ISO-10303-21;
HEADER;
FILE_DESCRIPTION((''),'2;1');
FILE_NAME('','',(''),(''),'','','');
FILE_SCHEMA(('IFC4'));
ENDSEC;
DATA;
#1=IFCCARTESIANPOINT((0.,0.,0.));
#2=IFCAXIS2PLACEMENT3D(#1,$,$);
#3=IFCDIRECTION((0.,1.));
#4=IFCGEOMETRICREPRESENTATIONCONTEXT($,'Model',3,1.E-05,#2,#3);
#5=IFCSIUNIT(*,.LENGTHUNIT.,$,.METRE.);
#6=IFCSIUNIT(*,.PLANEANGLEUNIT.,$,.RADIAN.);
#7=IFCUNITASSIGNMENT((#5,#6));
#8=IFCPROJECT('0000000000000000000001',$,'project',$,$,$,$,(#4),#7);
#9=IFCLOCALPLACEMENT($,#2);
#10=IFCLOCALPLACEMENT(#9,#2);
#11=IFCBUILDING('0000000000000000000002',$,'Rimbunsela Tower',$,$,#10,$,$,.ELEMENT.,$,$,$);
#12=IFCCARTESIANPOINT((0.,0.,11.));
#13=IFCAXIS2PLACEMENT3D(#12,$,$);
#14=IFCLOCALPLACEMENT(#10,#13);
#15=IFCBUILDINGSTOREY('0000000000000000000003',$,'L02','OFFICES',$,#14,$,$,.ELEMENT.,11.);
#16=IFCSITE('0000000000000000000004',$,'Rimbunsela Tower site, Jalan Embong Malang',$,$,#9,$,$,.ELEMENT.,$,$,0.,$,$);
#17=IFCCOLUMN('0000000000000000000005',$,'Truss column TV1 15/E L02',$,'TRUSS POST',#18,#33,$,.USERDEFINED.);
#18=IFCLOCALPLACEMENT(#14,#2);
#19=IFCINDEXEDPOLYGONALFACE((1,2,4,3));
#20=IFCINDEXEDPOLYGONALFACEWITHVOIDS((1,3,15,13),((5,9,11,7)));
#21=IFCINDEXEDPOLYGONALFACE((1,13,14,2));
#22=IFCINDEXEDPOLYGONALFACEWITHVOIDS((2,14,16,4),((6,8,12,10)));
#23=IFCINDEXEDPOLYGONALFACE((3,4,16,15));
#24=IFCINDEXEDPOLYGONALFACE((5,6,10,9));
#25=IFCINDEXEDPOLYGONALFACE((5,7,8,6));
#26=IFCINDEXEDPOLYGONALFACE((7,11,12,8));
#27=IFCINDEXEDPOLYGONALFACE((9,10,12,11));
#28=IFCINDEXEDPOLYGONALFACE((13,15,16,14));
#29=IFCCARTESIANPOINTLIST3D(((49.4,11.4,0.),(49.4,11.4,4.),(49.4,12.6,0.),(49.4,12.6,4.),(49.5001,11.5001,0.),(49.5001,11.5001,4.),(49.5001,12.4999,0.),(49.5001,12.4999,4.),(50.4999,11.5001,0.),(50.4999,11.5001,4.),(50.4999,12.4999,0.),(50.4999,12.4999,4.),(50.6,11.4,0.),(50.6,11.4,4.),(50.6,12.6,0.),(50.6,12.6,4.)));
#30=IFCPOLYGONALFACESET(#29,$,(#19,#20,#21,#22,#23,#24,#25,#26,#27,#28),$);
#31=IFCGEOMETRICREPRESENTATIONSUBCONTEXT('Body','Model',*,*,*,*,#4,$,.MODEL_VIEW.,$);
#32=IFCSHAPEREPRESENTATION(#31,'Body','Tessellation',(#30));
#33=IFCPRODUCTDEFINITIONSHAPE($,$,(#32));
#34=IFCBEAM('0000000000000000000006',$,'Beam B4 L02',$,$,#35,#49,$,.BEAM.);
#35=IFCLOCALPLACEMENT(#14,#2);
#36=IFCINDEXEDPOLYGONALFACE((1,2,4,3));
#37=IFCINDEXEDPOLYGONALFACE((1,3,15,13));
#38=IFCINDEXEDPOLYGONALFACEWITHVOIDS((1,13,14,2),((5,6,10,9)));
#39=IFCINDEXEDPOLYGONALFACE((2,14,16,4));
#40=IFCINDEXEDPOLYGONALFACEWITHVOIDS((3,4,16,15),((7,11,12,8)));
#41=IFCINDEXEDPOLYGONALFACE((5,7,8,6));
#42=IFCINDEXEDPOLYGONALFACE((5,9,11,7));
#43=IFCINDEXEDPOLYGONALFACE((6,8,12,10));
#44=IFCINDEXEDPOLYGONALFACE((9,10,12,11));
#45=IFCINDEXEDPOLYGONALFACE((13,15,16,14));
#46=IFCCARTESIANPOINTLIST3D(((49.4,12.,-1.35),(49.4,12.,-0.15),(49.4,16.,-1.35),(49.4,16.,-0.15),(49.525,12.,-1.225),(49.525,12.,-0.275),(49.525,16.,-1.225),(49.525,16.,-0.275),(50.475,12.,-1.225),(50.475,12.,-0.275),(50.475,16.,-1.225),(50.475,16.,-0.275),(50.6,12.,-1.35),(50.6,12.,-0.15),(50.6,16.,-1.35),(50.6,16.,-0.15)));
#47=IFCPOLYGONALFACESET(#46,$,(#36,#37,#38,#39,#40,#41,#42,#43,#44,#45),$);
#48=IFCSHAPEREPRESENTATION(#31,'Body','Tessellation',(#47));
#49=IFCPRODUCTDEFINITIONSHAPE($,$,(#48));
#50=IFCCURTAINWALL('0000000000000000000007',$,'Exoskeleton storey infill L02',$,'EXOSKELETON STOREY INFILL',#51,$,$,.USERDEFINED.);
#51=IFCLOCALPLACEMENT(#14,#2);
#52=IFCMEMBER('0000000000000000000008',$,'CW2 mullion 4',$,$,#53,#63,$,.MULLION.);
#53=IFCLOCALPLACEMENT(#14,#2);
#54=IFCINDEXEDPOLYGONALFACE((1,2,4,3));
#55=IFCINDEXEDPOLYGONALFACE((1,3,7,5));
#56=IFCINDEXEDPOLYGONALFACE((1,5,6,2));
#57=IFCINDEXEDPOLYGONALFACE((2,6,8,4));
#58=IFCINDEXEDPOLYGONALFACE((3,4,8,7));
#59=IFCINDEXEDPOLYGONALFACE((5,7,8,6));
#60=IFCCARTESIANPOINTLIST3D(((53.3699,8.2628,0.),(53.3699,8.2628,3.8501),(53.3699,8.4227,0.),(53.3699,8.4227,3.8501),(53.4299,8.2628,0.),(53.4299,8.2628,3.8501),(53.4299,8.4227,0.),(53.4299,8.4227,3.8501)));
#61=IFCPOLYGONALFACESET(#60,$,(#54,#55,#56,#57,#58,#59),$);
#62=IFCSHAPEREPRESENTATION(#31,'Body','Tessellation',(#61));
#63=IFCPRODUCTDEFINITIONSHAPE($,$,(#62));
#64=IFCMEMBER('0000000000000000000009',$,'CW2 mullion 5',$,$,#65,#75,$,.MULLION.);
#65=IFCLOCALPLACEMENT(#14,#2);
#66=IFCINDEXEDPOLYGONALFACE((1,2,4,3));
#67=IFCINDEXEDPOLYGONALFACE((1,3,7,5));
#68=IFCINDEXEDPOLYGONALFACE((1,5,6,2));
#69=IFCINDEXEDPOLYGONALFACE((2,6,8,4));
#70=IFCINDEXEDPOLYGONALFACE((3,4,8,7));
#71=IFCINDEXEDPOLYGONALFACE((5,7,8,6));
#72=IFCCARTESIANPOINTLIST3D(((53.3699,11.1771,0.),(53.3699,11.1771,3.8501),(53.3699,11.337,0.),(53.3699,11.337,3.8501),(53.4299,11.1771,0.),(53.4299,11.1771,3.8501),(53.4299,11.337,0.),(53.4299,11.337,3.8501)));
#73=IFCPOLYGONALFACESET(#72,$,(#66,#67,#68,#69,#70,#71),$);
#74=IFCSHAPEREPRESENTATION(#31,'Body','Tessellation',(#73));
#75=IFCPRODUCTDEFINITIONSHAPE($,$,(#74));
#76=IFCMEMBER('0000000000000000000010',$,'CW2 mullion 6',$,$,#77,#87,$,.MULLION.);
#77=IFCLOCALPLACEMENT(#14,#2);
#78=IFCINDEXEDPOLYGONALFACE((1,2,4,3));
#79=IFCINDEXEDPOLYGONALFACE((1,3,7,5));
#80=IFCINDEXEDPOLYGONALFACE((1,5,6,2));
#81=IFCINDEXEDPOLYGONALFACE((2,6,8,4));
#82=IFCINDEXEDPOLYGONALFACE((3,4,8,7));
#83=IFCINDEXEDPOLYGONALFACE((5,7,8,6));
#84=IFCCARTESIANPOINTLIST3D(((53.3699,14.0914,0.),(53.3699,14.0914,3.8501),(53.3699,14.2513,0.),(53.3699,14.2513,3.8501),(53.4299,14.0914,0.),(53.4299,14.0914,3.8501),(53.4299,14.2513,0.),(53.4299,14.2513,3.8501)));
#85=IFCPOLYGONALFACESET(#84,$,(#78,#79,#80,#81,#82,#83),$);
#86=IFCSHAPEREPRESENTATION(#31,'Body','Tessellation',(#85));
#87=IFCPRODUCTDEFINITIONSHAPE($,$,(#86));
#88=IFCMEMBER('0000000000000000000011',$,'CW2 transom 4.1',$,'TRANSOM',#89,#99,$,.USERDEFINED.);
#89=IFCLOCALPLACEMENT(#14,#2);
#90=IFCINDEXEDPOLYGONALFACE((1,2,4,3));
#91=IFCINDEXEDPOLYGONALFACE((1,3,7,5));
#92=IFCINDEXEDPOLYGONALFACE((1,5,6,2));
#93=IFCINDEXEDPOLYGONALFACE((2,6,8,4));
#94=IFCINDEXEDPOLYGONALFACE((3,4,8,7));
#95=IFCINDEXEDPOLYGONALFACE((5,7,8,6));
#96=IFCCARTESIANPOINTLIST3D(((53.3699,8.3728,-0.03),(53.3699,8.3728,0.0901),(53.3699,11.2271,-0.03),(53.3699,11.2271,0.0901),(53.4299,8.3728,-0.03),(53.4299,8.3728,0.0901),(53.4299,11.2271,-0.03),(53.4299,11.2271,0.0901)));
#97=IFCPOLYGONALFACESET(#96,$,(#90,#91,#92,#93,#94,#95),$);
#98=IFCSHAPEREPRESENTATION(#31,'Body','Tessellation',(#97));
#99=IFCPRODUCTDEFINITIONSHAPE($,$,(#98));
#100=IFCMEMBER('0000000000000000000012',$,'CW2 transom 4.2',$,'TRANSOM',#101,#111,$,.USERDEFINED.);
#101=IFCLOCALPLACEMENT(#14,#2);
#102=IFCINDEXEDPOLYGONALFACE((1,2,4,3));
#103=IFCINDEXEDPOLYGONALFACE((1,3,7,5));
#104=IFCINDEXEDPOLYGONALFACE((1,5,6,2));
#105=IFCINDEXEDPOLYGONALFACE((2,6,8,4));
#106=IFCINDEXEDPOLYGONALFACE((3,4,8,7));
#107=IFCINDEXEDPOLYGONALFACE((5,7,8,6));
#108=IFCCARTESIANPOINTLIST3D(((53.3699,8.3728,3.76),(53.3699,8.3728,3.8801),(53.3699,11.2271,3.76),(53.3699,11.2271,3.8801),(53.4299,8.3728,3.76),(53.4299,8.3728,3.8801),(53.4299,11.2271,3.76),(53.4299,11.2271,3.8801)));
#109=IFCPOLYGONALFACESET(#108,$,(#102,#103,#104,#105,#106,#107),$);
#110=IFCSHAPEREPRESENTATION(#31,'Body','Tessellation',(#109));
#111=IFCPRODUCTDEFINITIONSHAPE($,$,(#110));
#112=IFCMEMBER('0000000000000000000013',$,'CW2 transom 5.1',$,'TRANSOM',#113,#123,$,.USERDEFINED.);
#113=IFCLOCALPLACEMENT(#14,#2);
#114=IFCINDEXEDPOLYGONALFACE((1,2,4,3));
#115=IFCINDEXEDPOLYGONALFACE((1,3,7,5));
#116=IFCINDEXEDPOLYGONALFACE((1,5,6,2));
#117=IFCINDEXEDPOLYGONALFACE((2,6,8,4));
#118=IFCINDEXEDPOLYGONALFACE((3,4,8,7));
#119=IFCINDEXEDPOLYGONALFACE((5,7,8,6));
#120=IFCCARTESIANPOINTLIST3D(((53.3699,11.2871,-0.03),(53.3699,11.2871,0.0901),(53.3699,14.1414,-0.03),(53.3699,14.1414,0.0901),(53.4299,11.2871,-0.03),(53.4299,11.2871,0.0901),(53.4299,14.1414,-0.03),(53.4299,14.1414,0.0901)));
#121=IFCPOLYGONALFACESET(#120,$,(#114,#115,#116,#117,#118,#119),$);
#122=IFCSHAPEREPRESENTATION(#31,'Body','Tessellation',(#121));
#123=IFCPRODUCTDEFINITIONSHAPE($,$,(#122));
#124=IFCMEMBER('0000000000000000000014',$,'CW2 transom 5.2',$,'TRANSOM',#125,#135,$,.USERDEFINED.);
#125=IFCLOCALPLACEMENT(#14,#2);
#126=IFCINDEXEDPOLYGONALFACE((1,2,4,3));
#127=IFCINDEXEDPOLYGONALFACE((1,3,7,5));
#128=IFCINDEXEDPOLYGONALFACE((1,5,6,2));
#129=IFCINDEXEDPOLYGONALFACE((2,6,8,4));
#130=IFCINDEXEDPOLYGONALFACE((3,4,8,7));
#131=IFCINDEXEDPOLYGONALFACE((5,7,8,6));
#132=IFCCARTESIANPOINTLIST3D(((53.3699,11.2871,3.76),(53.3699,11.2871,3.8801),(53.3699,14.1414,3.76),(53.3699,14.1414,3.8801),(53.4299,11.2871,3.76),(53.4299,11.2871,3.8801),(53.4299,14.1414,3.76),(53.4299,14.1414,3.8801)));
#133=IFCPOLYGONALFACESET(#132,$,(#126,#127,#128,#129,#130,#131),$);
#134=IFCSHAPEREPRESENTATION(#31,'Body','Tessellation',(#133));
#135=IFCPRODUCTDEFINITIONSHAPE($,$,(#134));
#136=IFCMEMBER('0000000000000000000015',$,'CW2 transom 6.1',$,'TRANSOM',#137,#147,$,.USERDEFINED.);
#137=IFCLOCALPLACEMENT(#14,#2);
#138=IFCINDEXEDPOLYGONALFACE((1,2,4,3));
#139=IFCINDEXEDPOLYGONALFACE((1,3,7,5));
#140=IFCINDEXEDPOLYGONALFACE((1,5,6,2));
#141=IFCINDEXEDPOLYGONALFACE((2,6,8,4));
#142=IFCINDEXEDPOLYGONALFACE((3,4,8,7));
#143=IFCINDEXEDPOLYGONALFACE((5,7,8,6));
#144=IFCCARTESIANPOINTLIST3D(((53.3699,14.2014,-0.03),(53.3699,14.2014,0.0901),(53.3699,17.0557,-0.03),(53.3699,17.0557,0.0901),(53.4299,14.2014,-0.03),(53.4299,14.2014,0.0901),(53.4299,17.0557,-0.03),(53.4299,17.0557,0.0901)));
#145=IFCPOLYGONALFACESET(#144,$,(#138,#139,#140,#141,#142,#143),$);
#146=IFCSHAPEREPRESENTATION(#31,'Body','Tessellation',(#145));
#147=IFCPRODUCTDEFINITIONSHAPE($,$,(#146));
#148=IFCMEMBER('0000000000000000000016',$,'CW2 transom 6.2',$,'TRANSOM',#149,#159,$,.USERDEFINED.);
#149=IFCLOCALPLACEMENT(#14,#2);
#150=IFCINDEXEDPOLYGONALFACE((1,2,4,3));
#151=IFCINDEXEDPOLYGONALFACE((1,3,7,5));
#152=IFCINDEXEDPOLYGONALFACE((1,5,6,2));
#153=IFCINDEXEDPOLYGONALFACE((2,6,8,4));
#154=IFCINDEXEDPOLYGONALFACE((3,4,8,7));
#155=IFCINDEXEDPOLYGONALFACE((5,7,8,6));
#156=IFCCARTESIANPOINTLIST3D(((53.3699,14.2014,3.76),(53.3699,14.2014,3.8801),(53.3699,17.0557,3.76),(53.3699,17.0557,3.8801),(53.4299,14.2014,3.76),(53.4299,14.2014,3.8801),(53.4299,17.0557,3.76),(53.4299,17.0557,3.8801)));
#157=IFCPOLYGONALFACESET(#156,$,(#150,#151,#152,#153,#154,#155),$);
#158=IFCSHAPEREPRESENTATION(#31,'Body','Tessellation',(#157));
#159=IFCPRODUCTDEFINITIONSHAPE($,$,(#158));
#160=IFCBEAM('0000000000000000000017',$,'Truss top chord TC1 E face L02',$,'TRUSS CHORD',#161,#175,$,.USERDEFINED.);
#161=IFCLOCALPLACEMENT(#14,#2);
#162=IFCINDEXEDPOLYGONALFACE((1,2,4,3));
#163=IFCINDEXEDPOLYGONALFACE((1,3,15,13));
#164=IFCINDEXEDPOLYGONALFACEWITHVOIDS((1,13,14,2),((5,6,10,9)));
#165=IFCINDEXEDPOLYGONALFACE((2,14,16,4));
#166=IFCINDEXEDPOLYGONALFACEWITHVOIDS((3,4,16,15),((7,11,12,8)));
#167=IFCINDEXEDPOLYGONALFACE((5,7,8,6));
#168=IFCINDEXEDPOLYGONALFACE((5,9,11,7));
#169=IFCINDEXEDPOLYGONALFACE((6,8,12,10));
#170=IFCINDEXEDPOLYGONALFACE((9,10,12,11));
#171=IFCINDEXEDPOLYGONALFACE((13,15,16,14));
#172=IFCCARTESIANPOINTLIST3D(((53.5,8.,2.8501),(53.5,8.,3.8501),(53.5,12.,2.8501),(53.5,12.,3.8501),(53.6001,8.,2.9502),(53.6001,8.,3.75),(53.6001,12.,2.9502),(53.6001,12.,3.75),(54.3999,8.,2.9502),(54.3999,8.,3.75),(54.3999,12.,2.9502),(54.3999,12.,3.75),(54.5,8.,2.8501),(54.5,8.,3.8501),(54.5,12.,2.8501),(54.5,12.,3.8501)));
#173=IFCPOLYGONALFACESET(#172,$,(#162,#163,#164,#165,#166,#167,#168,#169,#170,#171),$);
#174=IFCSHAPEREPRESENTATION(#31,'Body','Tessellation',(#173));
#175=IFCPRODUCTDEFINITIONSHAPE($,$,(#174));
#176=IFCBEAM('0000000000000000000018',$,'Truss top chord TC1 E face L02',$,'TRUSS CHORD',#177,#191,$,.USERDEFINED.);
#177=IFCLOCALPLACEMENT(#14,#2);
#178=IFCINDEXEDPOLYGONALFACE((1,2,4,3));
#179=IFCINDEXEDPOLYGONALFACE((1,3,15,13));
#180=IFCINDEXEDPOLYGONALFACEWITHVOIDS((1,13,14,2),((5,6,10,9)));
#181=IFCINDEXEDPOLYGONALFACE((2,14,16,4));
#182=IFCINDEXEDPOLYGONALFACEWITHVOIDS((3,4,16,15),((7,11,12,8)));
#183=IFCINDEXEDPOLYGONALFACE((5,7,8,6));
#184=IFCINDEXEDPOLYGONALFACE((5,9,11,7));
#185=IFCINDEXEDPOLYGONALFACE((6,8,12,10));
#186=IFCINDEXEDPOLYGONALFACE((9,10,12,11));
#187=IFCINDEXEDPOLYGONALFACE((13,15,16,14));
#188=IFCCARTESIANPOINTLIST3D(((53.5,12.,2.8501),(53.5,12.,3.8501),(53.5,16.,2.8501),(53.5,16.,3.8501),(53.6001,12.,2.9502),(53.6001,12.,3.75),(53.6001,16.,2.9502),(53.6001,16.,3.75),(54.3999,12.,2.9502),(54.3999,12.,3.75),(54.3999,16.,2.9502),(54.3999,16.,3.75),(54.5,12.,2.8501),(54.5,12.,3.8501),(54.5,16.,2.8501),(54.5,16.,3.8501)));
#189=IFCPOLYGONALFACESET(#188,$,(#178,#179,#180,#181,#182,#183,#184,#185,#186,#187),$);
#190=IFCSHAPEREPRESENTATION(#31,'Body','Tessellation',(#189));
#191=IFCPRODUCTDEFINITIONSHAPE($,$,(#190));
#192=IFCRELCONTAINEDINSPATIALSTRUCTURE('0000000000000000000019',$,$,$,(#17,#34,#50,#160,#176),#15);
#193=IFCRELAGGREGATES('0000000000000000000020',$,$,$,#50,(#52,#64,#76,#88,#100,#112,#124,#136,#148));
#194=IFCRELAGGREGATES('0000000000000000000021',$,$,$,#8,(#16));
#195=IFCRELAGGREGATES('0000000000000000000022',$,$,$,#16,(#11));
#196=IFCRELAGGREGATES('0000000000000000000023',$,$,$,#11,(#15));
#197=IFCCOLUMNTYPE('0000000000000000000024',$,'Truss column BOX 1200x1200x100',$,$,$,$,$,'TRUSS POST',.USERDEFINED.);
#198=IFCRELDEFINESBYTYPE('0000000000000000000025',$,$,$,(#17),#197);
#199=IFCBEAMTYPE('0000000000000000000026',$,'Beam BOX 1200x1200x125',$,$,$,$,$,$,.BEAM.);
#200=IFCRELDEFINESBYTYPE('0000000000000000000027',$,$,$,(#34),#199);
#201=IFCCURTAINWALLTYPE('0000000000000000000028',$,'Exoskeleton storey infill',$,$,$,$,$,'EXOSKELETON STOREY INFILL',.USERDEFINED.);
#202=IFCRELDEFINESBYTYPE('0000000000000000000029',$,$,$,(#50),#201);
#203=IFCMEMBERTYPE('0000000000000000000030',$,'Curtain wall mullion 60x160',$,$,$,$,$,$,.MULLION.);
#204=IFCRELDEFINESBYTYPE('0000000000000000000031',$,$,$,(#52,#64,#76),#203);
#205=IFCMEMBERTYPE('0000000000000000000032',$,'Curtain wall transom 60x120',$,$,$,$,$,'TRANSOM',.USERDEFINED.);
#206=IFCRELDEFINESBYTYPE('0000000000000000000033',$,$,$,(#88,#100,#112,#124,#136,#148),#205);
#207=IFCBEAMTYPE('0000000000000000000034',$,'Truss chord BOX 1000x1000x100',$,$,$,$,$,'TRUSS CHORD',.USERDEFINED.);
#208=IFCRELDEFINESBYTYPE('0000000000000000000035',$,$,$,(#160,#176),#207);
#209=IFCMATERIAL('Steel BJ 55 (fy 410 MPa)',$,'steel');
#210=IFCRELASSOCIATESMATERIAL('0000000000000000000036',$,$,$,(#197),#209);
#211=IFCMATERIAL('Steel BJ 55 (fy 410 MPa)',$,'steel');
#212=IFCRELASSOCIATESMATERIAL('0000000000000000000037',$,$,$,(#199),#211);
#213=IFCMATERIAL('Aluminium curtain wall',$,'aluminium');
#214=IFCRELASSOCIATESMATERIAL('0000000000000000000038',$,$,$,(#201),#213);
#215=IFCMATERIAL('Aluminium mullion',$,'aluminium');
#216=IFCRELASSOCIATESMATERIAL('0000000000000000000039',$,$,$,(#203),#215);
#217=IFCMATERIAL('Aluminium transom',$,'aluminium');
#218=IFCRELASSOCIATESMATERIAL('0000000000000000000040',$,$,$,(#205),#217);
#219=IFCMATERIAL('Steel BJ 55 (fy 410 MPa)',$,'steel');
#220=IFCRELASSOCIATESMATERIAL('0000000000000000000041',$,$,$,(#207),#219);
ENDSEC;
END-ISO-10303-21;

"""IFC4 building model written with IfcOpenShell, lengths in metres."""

from ifc_helpers import new_model, si_unit, direction, frame, origin, origin_2d, place, context, subcontext, project, spatial, rectangle, hollow_rectangle, extrude, material, material_profile, profile_set, type_object, element, aggregate, save


model = new_model("IFC4")

# Units and contexts
model_context = context("Model", 3, precision=1e-05, world=origin(), true_north=direction((0.0, 1.0)))
body_context = subcontext(model_context, "Body", "Model", "MODEL_VIEW")
ifc_project = project(units=[si_unit("LENGTHUNIT", "METRE"), si_unit("PLANEANGLEUNIT", "RADIAN")], contexts=[model_context])

# Site, building, storey
site_placement = place(None, origin())
site = spatial("IfcSite", under=ifc_project, at=site_placement, Name="Rimbunsela Tower site, Jalan Embong Malang", CompositionType="ELEMENT", RefElevation=0.0)
building_placement = place(site_placement, origin())
building = spatial("IfcBuilding", under=site, at=building_placement, Name="Rimbunsela Tower", CompositionType="ELEMENT")
storey_placement = place(building_placement, frame((0.0, 0.0, 11.0)))
storey = spatial("IfcBuildingStorey", under=building, at=storey_placement, Name="L02", Description="OFFICES", CompositionType="ELEMENT", Elevation=11.0)

# Column
ifc_material_1 = material(Name="Steel BJ 55 (fy 410 MPa)", Category="steel")
ifc_material_profile_1 = material_profile(ifc_material_1, hollow_rectangle(XDim=1.2, YDim=1.2, WallThickness=0.1001, at=origin_2d()), Name="BOX 1200x1200x100")
ifc_profile_set_1 = profile_set([ifc_material_profile_1], Name="Steel BJ 55 (fy 410 MPa)")
column_type = type_object("IfcColumnType", Name="Truss column BOX 1200x1200x100", ElementType="TRUSS POST", PredefinedType="USERDEFINED", material=ifc_profile_set_1)
column_placement = place(storey_placement, frame((50.0, 12.0, 0.0), z_axis=(0.0, 0.0, 1.0), x_axis=(1.0, 0.0, 0.0)))
element("IfcColumn", 1, at=column_placement, inside=storey, type_object=column_type, Name="Truss column TV1 15/E L02", ObjectType="TRUSS POST", PredefinedType="USERDEFINED", context=body_context, shape_type="SweptSolid", body=[
    extrude(hollow_rectangle(XDim=1.2, YDim=1.2, WallThickness=0.1001, at=origin_2d()), origin(), (0.0, 0.0, 1.0), 4.0),
])

# Beam
ifc_material_2 = material(Name="Steel BJ 55 (fy 410 MPa)", Category="steel")
ifc_material_profile_2 = material_profile(ifc_material_2, hollow_rectangle(XDim=1.2, YDim=1.2, WallThickness=0.125, at=origin_2d()), Name="BOX 1200x1200x125")
ifc_profile_set_2 = profile_set([ifc_material_profile_2], Name="Steel BJ 55 (fy 410 MPa)")
beam_type_1 = type_object("IfcBeamType", Name="Beam BOX 1200x1200x125", PredefinedType="BEAM", material=ifc_profile_set_2)
beam_placement = place(storey_placement, frame((50.0, 12.0, -0.75), z_axis=(0.0, 1.0, 0.0), x_axis=(-1.0, 0.0, 0.0)))
element("IfcBeam", 2, at=beam_placement, inside=storey, type_object=beam_type_1, Name="Beam B4 L02", PredefinedType="BEAM", context=body_context, shape_type="SweptSolid", body=[
    extrude(hollow_rectangle(XDim=1.2, YDim=1.2, WallThickness=0.125, at=origin_2d()), origin(), (0.0, 0.0, 1.0), 4.0),
])

# Curtain wall, members
ifc_material_3 = material(Name="Aluminium curtain wall", Category="aluminium")
curtain_wall_type = type_object("IfcCurtainWallType", Name="Exoskeleton storey infill", ElementType="EXOSKELETON STOREY INFILL", PredefinedType="USERDEFINED", material=ifc_material_3)
curtain_wall_placement = place(storey_placement, origin())
curtain_wall = element("IfcCurtainWall", 3, at=curtain_wall_placement, inside=storey, type_object=curtain_wall_type, Name="Exoskeleton storey infill L02", ObjectType="EXOSKELETON STOREY INFILL", PredefinedType="USERDEFINED")
ifc_material_4 = material(Name="Aluminium mullion", Category="aluminium")
ifc_material_profile_3 = material_profile(ifc_material_4, rectangle(XDim=0.0601, YDim=0.1599, at=origin_2d()), Name="Mullion 60x160")
ifc_profile_set_3 = profile_set([ifc_material_profile_3], Name="Aluminium mullion")
member_type_1 = type_object("IfcMemberType", Name="Curtain wall mullion 60x160", PredefinedType="MULLION", material=ifc_profile_set_3)
member_1_placement = place(storey_placement, frame((53.3999, 8.3428, 0.0), z_axis=(0.0, 0.0, 1.0), x_axis=(-1.0, 0.0, 0.0)))
member_1 = element("IfcMember", 4, at=member_1_placement, type_object=member_type_1, Name="CW2 mullion 4", PredefinedType="MULLION", context=body_context, shape_type="SweptSolid", body=[
    extrude(rectangle(XDim=0.0601, YDim=0.1599, at=origin_2d()), origin(), (0.0, 0.0, 1.0), 3.8501),
])
member_2_placement = place(storey_placement, frame((53.3999, 11.2571, 0.0), z_axis=(0.0, 0.0, 1.0), x_axis=(-1.0, 0.0, 0.0)))
member_2 = element("IfcMember", 5, at=member_2_placement, type_object=member_type_1, Name="CW2 mullion 5", PredefinedType="MULLION", context=body_context, shape_type="SweptSolid", body=[
    extrude(rectangle(XDim=0.0601, YDim=0.1599, at=origin_2d()), origin(), (0.0, 0.0, 1.0), 3.8501),
])
member_3_placement = place(storey_placement, frame((53.3999, 14.1714, 0.0), z_axis=(0.0, 0.0, 1.0), x_axis=(-1.0, 0.0, 0.0)))
member_3 = element("IfcMember", 6, at=member_3_placement, type_object=member_type_1, Name="CW2 mullion 6", PredefinedType="MULLION", context=body_context, shape_type="SweptSolid", body=[
    extrude(rectangle(XDim=0.0601, YDim=0.1599, at=origin_2d()), origin(), (0.0, 0.0, 1.0), 3.8501),
])
ifc_material_5 = material(Name="Aluminium transom", Category="aluminium")
ifc_material_profile_4 = material_profile(ifc_material_5, rectangle(XDim=0.0601, YDim=0.1201, at=origin_2d()), Name="Transom 60x120")
ifc_profile_set_4 = profile_set([ifc_material_profile_4], Name="Aluminium transom")
member_type_2 = type_object("IfcMemberType", Name="Curtain wall transom 60x120", ElementType="TRANSOM", PredefinedType="USERDEFINED", material=ifc_profile_set_4)
member_4_placement = place(storey_placement, frame((53.3999, 8.3728, 0.03), z_axis=(0.0, 1.0, 0.0), x_axis=(-1.0, 0.0, 0.0)))
member_4 = element("IfcMember", 7, at=member_4_placement, type_object=member_type_2, Name="CW2 transom 4.1", ObjectType="TRANSOM", PredefinedType="USERDEFINED", context=body_context, shape_type="SweptSolid", body=[
    extrude(rectangle(XDim=0.0601, YDim=0.1201, at=origin_2d()), origin(), (0.0, 0.0, 1.0), 2.8542),
])
member_5_placement = place(storey_placement, frame((53.3999, 8.3728, 3.8201), z_axis=(0.0, 1.0, 0.0), x_axis=(-1.0, 0.0, 0.0)))
member_5 = element("IfcMember", 8, at=member_5_placement, type_object=member_type_2, Name="CW2 transom 4.2", ObjectType="TRANSOM", PredefinedType="USERDEFINED", context=body_context, shape_type="SweptSolid", body=[
    extrude(rectangle(XDim=0.0601, YDim=0.1201, at=origin_2d()), origin(), (0.0, 0.0, 1.0), 2.8542),
])
member_6_placement = place(storey_placement, frame((53.3999, 11.2871, 0.03), z_axis=(0.0, 1.0, 0.0), x_axis=(-1.0, 0.0, 0.0)))
member_6 = element("IfcMember", 9, at=member_6_placement, type_object=member_type_2, Name="CW2 transom 5.1", ObjectType="TRANSOM", PredefinedType="USERDEFINED", context=body_context, shape_type="SweptSolid", body=[
    extrude(rectangle(XDim=0.0601, YDim=0.1201, at=origin_2d()), origin(), (0.0, 0.0, 1.0), 2.8542),
])
member_7_placement = place(storey_placement, frame((53.3999, 11.2871, 3.8201), z_axis=(0.0, 1.0, 0.0), x_axis=(-1.0, 0.0, 0.0)))
member_7 = element("IfcMember", 10, at=member_7_placement, type_object=member_type_2, Name="CW2 transom 5.2", ObjectType="TRANSOM", PredefinedType="USERDEFINED", context=body_context, shape_type="SweptSolid", body=[
    extrude(rectangle(XDim=0.0601, YDim=0.1201, at=origin_2d()), origin(), (0.0, 0.0, 1.0), 2.8542),
])
member_8_placement = place(storey_placement, frame((53.3999, 14.2014, 0.03), z_axis=(0.0, 1.0, 0.0), x_axis=(-1.0, 0.0, 0.0)))
member_8 = element("IfcMember", 11, at=member_8_placement, type_object=member_type_2, Name="CW2 transom 6.1", ObjectType="TRANSOM", PredefinedType="USERDEFINED", context=body_context, shape_type="SweptSolid", body=[
    extrude(rectangle(XDim=0.0601, YDim=0.1201, at=origin_2d()), origin(), (0.0, 0.0, 1.0), 2.8542),
])
member_9_placement = place(storey_placement, frame((53.3999, 14.2014, 3.8201), z_axis=(0.0, 1.0, 0.0), x_axis=(-1.0, 0.0, 0.0)))
member_9 = element("IfcMember", 12, at=member_9_placement, type_object=member_type_2, Name="CW2 transom 6.2", ObjectType="TRANSOM", PredefinedType="USERDEFINED", context=body_context, shape_type="SweptSolid", body=[
    extrude(rectangle(XDim=0.0601, YDim=0.1201, at=origin_2d()), origin(), (0.0, 0.0, 1.0), 2.8542),
])

# Beams
ifc_material_6 = material(Name="Steel BJ 55 (fy 410 MPa)", Category="steel")
ifc_material_profile_5 = material_profile(ifc_material_6, hollow_rectangle(XDim=1.0, YDim=1.0, WallThickness=0.1001, at=origin_2d()), Name="BOX 1000x1000x100")
ifc_profile_set_5 = profile_set([ifc_material_profile_5], Name="Steel BJ 55 (fy 410 MPa)")
beam_type_2 = type_object("IfcBeamType", Name="Truss chord BOX 1000x1000x100", ElementType="TRUSS CHORD", PredefinedType="USERDEFINED", material=ifc_profile_set_5)
for number, where, z_axis, x_axis, name in (
    (13, (54.0, 8.0, 3.3501), (0.0, 1.0, 0.0), (-1.0, 0.0, 0.0), "Truss top chord TC1 E face L02"),
    (14, (54.0, 12.0, 3.3501), (0.0, 1.0, 0.0), (-1.0, 0.0, 0.0), "Truss top chord TC1 E face L02"),
):
    element("IfcBeam", number, at=place(storey_placement, frame(where, z_axis=z_axis, x_axis=x_axis)), inside=storey, type_object=beam_type_2, Name=name, ObjectType="TRUSS CHORD", PredefinedType="USERDEFINED", context=body_context, shape_type="SweptSolid", body=[
        extrude(hollow_rectangle(XDim=1.0, YDim=1.0, WallThickness=0.1001, at=origin_2d()), origin(), (0.0, 0.0, 1.0), 4.0),
    ])

aggregate(curtain_wall, [member_1, member_2, member_3, member_4, member_5, member_6, member_7, member_8, member_9])

save(model, "model.ifc")
